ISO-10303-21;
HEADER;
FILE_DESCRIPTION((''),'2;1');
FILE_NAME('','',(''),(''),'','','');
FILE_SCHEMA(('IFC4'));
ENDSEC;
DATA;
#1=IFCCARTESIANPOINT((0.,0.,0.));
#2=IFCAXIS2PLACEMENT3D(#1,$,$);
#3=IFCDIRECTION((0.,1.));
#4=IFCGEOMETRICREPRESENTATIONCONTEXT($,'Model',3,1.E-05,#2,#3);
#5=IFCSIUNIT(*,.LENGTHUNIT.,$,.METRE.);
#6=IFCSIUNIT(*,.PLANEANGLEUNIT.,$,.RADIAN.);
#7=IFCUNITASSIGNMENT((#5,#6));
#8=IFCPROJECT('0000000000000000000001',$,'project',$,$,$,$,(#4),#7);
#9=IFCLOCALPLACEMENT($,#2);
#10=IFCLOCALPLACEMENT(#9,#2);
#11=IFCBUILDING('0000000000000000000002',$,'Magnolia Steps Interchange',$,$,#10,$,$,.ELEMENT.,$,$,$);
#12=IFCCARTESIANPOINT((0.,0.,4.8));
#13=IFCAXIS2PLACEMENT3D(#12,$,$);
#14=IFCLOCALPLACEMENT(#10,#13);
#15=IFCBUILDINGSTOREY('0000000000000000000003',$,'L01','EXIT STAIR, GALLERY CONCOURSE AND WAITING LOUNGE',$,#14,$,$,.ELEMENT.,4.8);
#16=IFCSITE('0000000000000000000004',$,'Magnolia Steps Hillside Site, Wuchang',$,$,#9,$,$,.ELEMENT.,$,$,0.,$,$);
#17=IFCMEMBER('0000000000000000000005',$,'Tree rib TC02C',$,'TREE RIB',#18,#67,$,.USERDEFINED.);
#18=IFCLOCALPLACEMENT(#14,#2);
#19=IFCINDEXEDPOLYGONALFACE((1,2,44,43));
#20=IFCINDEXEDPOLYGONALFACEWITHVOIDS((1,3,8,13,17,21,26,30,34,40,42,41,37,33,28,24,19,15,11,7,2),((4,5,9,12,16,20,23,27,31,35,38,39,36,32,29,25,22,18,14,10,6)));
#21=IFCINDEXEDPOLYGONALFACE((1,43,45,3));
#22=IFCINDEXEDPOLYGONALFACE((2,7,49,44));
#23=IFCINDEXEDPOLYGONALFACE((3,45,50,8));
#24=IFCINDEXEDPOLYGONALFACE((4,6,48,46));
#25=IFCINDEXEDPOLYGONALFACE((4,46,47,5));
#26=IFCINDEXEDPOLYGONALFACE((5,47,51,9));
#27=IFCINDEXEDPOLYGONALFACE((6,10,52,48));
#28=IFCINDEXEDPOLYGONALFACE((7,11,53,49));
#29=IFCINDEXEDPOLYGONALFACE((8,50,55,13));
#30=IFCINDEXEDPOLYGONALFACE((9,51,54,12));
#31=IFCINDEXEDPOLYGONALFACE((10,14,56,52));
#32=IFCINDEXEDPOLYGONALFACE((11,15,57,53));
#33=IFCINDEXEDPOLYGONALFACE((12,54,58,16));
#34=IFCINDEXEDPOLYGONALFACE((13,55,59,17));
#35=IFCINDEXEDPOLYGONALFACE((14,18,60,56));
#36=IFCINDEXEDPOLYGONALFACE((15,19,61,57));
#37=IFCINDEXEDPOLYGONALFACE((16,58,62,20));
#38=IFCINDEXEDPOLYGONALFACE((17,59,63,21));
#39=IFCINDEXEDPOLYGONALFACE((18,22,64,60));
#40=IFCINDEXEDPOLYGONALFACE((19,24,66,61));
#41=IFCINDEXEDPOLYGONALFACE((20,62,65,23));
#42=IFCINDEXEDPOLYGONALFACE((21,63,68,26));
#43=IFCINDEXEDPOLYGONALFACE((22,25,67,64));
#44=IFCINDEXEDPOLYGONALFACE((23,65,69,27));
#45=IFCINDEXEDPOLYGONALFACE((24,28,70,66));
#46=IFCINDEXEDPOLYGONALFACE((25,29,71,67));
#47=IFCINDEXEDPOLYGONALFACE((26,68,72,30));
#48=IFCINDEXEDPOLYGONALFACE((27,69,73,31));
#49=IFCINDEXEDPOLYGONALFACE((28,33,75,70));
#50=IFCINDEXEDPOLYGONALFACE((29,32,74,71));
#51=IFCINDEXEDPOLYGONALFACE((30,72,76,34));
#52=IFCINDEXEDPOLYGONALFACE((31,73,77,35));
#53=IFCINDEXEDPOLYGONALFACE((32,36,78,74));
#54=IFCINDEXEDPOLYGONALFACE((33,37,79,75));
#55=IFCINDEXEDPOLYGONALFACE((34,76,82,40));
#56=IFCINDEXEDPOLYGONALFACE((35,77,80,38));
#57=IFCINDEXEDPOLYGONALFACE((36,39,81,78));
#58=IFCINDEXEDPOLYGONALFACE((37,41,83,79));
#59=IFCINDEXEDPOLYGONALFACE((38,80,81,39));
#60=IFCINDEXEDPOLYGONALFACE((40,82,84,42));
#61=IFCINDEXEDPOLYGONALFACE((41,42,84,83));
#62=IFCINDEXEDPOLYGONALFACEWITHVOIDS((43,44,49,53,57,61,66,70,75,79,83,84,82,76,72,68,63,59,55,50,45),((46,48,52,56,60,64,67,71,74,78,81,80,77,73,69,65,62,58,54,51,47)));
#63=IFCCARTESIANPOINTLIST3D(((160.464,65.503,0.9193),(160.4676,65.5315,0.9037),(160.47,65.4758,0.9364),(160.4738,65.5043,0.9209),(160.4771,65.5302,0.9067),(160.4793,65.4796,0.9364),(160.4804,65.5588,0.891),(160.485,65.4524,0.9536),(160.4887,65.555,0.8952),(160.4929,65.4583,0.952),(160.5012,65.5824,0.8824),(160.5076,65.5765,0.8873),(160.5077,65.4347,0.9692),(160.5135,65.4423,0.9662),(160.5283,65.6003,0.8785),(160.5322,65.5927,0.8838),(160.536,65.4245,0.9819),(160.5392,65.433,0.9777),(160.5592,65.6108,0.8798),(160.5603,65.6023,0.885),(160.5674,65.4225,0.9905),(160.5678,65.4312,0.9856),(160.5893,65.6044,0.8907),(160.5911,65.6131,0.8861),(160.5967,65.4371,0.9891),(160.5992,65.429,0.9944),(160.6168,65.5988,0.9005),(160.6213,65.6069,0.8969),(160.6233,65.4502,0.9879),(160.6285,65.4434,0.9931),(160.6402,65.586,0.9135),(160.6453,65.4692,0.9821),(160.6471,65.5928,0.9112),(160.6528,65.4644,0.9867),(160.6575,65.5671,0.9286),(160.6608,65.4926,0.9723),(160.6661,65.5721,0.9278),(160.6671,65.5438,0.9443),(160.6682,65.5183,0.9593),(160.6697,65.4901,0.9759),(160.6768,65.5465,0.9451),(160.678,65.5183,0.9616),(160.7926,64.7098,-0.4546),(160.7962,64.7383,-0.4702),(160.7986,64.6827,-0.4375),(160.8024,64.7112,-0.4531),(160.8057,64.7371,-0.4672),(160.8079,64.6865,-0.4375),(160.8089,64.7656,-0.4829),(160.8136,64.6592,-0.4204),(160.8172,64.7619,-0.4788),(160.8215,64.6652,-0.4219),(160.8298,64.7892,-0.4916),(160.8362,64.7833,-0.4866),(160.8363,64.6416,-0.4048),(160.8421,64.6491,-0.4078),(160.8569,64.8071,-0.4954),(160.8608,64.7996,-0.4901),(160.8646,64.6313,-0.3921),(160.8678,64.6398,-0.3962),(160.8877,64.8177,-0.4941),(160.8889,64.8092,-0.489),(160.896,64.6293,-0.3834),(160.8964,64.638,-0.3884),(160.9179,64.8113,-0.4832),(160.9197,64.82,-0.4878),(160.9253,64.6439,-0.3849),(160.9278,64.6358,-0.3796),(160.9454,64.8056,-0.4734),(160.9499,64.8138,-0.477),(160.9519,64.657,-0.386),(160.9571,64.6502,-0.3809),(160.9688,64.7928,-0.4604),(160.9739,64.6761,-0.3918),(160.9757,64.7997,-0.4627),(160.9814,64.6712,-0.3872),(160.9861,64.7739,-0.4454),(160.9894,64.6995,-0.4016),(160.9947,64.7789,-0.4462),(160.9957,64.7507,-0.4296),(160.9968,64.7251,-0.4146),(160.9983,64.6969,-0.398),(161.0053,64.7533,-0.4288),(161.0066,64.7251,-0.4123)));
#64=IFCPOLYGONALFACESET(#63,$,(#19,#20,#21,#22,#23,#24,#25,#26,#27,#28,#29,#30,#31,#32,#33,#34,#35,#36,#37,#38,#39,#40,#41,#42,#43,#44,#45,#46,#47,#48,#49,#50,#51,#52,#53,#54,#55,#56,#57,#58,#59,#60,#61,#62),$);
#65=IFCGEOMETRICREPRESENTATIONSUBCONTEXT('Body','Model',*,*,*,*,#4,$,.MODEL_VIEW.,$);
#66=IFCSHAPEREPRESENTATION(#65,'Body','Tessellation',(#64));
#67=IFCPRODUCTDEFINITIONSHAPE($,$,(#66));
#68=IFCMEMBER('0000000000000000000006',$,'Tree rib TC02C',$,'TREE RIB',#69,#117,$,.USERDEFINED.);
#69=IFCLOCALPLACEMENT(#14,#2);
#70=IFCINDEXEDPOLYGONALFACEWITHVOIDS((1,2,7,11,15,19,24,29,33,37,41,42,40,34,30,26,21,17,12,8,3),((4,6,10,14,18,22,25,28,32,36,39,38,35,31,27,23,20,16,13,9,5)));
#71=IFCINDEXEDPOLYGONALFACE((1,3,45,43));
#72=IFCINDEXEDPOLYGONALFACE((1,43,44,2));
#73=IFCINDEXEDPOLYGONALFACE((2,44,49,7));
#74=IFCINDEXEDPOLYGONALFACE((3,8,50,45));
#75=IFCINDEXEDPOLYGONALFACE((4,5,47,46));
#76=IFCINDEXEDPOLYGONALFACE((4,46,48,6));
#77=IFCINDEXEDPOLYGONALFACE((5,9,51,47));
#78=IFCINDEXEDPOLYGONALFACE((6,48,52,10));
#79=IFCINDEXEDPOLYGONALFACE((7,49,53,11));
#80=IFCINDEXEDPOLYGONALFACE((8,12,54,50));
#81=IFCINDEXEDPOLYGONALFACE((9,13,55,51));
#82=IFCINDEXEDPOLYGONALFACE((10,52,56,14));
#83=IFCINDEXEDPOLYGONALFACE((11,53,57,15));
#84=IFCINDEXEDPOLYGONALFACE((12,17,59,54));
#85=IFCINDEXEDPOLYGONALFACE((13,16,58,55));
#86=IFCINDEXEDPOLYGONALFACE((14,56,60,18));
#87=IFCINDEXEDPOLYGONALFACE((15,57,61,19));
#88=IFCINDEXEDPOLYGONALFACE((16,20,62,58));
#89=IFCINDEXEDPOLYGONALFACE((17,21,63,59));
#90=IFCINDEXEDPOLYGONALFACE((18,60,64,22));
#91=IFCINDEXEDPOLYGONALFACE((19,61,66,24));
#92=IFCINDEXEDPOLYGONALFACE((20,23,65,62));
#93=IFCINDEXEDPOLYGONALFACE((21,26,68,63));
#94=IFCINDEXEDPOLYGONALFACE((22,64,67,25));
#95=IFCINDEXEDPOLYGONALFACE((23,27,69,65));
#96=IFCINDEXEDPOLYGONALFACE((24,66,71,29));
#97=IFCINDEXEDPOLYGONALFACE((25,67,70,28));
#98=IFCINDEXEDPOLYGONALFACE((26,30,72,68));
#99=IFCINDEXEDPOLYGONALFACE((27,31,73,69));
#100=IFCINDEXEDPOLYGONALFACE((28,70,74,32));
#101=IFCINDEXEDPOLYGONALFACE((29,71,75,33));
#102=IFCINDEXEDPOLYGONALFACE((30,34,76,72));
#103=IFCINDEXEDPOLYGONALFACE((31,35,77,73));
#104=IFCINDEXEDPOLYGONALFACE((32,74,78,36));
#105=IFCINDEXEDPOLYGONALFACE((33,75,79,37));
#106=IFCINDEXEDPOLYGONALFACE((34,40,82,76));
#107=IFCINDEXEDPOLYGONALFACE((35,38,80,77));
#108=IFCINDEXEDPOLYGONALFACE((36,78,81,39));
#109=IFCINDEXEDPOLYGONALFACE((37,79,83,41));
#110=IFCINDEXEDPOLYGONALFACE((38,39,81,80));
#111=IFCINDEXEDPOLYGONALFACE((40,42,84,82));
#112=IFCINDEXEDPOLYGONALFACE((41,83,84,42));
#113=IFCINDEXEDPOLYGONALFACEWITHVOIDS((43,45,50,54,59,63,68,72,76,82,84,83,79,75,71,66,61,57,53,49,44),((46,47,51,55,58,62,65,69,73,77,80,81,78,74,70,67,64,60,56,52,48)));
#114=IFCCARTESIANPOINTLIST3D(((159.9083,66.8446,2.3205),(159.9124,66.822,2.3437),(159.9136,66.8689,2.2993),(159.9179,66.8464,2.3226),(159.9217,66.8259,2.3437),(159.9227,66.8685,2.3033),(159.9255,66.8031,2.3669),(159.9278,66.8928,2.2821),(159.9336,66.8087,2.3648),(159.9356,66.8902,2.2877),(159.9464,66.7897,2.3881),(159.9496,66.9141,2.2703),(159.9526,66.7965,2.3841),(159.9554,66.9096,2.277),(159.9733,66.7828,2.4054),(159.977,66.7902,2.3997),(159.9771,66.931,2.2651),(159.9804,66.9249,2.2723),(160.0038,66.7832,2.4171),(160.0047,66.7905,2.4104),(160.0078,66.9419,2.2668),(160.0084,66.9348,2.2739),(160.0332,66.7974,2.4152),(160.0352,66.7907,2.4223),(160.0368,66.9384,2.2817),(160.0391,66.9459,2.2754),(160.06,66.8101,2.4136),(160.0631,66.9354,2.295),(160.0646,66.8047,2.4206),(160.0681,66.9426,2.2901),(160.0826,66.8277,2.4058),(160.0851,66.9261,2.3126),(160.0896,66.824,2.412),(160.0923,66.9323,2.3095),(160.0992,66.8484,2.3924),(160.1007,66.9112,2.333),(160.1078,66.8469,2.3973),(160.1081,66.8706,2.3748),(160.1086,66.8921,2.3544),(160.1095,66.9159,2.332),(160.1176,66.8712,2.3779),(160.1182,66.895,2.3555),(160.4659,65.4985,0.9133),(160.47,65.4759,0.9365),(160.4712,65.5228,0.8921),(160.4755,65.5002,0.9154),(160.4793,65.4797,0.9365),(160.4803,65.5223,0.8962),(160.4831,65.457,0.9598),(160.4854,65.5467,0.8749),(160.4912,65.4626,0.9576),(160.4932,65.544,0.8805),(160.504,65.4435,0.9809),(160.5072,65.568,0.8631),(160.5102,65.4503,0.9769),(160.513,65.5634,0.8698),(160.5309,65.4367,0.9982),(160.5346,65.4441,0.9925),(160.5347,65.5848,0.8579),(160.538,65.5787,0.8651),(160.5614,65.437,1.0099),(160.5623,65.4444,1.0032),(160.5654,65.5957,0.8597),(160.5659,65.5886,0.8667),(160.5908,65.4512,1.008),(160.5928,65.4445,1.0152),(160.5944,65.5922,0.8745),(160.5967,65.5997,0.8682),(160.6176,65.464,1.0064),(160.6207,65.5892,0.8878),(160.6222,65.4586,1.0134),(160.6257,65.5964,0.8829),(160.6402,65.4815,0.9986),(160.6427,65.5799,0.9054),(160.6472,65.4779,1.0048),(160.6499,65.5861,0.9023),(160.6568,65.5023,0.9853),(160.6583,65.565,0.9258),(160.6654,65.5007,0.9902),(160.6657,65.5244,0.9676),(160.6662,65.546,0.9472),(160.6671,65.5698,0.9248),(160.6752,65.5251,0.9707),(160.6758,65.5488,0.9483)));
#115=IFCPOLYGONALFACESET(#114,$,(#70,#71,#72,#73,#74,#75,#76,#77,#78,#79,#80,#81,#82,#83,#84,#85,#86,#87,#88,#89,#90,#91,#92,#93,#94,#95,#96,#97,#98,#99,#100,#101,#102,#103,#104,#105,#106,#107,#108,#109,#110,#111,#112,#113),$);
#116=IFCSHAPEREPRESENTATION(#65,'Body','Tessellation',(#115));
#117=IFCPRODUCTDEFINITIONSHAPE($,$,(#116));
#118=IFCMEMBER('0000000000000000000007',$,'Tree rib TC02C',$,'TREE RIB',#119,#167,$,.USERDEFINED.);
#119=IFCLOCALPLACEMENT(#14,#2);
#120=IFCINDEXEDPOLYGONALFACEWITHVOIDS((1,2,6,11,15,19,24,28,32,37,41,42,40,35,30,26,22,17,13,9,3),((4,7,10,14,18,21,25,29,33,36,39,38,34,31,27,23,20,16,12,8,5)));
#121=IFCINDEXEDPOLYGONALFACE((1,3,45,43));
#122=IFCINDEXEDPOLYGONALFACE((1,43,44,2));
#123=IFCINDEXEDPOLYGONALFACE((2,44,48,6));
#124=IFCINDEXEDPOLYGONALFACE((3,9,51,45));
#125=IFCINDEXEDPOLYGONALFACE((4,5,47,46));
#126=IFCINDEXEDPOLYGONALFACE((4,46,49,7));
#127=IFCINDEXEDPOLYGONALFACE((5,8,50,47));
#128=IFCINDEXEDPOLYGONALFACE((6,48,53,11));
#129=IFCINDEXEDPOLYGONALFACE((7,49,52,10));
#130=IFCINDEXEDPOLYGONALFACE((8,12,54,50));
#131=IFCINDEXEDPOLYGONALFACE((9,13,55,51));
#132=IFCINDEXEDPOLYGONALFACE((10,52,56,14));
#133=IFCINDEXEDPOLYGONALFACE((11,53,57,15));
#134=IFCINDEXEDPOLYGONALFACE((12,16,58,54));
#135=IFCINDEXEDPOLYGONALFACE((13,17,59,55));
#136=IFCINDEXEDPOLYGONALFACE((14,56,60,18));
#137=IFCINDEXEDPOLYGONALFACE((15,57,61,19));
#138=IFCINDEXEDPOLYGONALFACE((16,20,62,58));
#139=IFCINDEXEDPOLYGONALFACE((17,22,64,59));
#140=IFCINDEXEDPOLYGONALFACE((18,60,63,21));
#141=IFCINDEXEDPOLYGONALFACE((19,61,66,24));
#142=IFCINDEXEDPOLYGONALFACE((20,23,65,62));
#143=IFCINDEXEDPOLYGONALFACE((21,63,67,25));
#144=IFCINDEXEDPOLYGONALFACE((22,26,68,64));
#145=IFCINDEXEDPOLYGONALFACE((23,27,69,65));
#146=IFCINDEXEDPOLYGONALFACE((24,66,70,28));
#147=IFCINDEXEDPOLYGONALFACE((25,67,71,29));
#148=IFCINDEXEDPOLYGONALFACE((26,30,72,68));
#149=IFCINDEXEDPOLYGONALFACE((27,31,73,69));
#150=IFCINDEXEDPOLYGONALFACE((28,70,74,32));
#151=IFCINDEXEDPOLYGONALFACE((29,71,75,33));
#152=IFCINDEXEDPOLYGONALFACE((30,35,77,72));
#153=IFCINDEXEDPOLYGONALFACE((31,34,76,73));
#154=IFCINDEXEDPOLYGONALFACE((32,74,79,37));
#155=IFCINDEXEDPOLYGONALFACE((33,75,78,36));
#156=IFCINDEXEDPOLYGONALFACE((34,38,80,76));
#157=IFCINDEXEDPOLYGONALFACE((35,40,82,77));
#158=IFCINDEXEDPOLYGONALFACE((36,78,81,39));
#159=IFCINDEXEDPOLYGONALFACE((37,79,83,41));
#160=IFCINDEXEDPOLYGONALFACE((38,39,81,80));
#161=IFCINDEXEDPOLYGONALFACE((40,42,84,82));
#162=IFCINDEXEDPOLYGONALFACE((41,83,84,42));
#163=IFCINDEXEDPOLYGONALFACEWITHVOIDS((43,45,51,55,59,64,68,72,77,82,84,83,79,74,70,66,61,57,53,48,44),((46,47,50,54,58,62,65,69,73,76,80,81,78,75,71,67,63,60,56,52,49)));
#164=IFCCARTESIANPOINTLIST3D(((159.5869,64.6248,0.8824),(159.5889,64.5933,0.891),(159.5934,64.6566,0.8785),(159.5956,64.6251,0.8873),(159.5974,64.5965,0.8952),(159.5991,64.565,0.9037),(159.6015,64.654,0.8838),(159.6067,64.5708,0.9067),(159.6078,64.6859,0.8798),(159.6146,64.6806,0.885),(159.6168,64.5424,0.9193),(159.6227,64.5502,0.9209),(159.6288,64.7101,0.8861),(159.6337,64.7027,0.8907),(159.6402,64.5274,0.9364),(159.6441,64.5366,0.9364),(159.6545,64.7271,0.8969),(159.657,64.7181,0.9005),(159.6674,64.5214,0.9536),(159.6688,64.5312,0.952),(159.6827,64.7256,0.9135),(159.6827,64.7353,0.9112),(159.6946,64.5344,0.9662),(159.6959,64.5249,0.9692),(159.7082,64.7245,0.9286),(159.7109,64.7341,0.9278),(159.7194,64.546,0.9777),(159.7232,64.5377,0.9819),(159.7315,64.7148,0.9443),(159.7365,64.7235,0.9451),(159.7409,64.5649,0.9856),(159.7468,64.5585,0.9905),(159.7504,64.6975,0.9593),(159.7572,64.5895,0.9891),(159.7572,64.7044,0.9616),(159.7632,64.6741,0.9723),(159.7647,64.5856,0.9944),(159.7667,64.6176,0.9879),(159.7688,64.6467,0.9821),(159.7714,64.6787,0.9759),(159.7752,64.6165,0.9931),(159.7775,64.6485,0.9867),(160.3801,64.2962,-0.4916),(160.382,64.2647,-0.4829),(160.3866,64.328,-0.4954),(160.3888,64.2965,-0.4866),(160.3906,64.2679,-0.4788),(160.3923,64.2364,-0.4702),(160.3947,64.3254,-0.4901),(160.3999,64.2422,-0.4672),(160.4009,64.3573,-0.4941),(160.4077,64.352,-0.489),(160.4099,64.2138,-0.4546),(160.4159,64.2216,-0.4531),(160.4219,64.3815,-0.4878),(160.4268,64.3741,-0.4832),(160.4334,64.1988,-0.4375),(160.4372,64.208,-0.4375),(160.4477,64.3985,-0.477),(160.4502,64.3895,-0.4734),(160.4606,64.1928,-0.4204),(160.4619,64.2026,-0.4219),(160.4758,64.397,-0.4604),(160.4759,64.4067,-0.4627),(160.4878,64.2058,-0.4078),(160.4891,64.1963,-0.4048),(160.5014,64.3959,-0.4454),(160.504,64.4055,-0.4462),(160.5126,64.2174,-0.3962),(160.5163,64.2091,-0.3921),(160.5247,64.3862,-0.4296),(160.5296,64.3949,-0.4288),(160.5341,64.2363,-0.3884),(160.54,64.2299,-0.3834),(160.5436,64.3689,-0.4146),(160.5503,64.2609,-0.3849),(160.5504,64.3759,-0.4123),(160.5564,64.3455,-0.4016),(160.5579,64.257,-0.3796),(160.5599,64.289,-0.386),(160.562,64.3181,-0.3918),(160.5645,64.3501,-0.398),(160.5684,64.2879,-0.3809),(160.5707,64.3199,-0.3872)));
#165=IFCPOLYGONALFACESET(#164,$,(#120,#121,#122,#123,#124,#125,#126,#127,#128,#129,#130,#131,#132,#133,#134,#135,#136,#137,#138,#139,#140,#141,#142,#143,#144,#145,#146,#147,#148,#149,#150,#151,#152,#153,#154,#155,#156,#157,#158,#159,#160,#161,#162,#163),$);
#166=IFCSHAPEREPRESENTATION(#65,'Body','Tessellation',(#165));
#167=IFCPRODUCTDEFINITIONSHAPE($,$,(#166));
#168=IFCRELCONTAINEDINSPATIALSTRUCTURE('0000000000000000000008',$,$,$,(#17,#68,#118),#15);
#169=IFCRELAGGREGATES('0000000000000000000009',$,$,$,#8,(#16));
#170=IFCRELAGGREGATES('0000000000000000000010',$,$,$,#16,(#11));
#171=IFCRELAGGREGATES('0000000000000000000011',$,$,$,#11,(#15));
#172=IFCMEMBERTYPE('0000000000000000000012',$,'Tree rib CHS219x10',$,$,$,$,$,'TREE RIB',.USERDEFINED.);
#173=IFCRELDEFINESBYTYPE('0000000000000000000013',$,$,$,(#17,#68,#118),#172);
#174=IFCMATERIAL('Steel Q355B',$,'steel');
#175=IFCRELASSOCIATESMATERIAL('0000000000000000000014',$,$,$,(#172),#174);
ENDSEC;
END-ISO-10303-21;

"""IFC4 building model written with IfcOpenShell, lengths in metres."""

from ifc_helpers import new_model, si_unit, direction, frame, origin, origin_2d, place, context, subcontext, project, spatial, hollow_circle, extrude, material, material_profile, profile_set, type_object, element, save


model = new_model("IFC4")

# Units and contexts
model_context = context("Model", 3, precision=1e-05, world=origin(), true_north=direction((0.0, 1.0)))
body_context = subcontext(model_context, "Body", "Model", "MODEL_VIEW")
ifc_project = project(units=[si_unit("LENGTHUNIT", "METRE"), si_unit("PLANEANGLEUNIT", "RADIAN")], contexts=[model_context])

# Site, building, storey
site_placement = place(None, origin())
site = spatial("IfcSite", under=ifc_project, at=site_placement, Name="Magnolia Steps Hillside Site, Wuchang", CompositionType="ELEMENT", RefElevation=0.0)
building_placement = place(site_placement, origin())
building = spatial("IfcBuilding", under=site, at=building_placement, Name="Magnolia Steps Interchange", CompositionType="ELEMENT")
storey_placement = place(building_placement, frame((0.0, 0.0, 4.8)))
storey = spatial("IfcBuildingStorey", under=building, at=storey_placement, Name="L01", Description="EXIT STAIR, GALLERY CONCOURSE AND WAITING LOUNGE", CompositionType="ELEMENT", Elevation=4.8)

# Members
ifc_material_1 = material(Name="Steel Q355B", Category="steel")
ifc_material_profile_1 = material_profile(ifc_material_1, hollow_circle(Radius=0.1096, WallThickness=0.01, at=origin_2d()), Name="CHS219x10")
ifc_profile_set_1 = profile_set([ifc_material_profile_1], Name="Steel Q355B")
member_type = type_object("IfcMemberType", Name="Tree rib CHS219x10", ElementType="TREE RIB", PredefinedType="USERDEFINED", material=ifc_profile_set_1)
member_1_placement = place(storey_placement, frame((160.8999, 64.7246, -0.4375), z_axis=(-0.20282, 0.489571, 0.848047), x_axis=(-0.923857, -0.382737, 0.0)))
element("IfcMember", 1, at=member_1_placement, inside=storey, type_object=member_type, Name="Tree rib TC02C", ObjectType="TREE RIB", PredefinedType="USERDEFINED", context=body_context, shape_type="SweptSolid", body=[
    extrude(hollow_circle(Radius=0.1096, WallThickness=0.01, at=origin_2d()), origin(), (0.0, 0.0, 1.0), 1.6201),
])
member_2_placement = place(storey_placement, frame((160.5713, 65.5178, 0.9365), z_axis=(-0.275272, 0.664557, 0.694687), x_axis=(-0.923878, -0.382687, 0.0)))
element("IfcMember", 2, at=member_2_placement, inside=storey, type_object=member_type, Name="Tree rib TC02C", ObjectType="TREE RIB", PredefinedType="USERDEFINED", context=body_context, shape_type="SweptSolid", body=[
    extrude(hollow_circle(Radius=0.1096, WallThickness=0.01, at=origin_2d()), origin(), (0.0, 0.0, 1.0), 2.0256),
])
member_3_placement = place(storey_placement, frame((160.4753, 64.3, -0.4375), z_axis=(-0.489571, 0.20282, 0.848047), x_axis=(-0.382737, -0.923857, 0.0)))
element("IfcMember", 3, at=member_3_placement, inside=storey, type_object=member_type, Name="Tree rib TC02C", ObjectType="TREE RIB", PredefinedType="USERDEFINED", context=body_context, shape_type="SweptSolid", body=[
    extrude(hollow_circle(Radius=0.1096, WallThickness=0.01, at=origin_2d()), origin(), (0.0, 0.0, 1.0), 1.6201),
])

save(model, "model.ifc")
